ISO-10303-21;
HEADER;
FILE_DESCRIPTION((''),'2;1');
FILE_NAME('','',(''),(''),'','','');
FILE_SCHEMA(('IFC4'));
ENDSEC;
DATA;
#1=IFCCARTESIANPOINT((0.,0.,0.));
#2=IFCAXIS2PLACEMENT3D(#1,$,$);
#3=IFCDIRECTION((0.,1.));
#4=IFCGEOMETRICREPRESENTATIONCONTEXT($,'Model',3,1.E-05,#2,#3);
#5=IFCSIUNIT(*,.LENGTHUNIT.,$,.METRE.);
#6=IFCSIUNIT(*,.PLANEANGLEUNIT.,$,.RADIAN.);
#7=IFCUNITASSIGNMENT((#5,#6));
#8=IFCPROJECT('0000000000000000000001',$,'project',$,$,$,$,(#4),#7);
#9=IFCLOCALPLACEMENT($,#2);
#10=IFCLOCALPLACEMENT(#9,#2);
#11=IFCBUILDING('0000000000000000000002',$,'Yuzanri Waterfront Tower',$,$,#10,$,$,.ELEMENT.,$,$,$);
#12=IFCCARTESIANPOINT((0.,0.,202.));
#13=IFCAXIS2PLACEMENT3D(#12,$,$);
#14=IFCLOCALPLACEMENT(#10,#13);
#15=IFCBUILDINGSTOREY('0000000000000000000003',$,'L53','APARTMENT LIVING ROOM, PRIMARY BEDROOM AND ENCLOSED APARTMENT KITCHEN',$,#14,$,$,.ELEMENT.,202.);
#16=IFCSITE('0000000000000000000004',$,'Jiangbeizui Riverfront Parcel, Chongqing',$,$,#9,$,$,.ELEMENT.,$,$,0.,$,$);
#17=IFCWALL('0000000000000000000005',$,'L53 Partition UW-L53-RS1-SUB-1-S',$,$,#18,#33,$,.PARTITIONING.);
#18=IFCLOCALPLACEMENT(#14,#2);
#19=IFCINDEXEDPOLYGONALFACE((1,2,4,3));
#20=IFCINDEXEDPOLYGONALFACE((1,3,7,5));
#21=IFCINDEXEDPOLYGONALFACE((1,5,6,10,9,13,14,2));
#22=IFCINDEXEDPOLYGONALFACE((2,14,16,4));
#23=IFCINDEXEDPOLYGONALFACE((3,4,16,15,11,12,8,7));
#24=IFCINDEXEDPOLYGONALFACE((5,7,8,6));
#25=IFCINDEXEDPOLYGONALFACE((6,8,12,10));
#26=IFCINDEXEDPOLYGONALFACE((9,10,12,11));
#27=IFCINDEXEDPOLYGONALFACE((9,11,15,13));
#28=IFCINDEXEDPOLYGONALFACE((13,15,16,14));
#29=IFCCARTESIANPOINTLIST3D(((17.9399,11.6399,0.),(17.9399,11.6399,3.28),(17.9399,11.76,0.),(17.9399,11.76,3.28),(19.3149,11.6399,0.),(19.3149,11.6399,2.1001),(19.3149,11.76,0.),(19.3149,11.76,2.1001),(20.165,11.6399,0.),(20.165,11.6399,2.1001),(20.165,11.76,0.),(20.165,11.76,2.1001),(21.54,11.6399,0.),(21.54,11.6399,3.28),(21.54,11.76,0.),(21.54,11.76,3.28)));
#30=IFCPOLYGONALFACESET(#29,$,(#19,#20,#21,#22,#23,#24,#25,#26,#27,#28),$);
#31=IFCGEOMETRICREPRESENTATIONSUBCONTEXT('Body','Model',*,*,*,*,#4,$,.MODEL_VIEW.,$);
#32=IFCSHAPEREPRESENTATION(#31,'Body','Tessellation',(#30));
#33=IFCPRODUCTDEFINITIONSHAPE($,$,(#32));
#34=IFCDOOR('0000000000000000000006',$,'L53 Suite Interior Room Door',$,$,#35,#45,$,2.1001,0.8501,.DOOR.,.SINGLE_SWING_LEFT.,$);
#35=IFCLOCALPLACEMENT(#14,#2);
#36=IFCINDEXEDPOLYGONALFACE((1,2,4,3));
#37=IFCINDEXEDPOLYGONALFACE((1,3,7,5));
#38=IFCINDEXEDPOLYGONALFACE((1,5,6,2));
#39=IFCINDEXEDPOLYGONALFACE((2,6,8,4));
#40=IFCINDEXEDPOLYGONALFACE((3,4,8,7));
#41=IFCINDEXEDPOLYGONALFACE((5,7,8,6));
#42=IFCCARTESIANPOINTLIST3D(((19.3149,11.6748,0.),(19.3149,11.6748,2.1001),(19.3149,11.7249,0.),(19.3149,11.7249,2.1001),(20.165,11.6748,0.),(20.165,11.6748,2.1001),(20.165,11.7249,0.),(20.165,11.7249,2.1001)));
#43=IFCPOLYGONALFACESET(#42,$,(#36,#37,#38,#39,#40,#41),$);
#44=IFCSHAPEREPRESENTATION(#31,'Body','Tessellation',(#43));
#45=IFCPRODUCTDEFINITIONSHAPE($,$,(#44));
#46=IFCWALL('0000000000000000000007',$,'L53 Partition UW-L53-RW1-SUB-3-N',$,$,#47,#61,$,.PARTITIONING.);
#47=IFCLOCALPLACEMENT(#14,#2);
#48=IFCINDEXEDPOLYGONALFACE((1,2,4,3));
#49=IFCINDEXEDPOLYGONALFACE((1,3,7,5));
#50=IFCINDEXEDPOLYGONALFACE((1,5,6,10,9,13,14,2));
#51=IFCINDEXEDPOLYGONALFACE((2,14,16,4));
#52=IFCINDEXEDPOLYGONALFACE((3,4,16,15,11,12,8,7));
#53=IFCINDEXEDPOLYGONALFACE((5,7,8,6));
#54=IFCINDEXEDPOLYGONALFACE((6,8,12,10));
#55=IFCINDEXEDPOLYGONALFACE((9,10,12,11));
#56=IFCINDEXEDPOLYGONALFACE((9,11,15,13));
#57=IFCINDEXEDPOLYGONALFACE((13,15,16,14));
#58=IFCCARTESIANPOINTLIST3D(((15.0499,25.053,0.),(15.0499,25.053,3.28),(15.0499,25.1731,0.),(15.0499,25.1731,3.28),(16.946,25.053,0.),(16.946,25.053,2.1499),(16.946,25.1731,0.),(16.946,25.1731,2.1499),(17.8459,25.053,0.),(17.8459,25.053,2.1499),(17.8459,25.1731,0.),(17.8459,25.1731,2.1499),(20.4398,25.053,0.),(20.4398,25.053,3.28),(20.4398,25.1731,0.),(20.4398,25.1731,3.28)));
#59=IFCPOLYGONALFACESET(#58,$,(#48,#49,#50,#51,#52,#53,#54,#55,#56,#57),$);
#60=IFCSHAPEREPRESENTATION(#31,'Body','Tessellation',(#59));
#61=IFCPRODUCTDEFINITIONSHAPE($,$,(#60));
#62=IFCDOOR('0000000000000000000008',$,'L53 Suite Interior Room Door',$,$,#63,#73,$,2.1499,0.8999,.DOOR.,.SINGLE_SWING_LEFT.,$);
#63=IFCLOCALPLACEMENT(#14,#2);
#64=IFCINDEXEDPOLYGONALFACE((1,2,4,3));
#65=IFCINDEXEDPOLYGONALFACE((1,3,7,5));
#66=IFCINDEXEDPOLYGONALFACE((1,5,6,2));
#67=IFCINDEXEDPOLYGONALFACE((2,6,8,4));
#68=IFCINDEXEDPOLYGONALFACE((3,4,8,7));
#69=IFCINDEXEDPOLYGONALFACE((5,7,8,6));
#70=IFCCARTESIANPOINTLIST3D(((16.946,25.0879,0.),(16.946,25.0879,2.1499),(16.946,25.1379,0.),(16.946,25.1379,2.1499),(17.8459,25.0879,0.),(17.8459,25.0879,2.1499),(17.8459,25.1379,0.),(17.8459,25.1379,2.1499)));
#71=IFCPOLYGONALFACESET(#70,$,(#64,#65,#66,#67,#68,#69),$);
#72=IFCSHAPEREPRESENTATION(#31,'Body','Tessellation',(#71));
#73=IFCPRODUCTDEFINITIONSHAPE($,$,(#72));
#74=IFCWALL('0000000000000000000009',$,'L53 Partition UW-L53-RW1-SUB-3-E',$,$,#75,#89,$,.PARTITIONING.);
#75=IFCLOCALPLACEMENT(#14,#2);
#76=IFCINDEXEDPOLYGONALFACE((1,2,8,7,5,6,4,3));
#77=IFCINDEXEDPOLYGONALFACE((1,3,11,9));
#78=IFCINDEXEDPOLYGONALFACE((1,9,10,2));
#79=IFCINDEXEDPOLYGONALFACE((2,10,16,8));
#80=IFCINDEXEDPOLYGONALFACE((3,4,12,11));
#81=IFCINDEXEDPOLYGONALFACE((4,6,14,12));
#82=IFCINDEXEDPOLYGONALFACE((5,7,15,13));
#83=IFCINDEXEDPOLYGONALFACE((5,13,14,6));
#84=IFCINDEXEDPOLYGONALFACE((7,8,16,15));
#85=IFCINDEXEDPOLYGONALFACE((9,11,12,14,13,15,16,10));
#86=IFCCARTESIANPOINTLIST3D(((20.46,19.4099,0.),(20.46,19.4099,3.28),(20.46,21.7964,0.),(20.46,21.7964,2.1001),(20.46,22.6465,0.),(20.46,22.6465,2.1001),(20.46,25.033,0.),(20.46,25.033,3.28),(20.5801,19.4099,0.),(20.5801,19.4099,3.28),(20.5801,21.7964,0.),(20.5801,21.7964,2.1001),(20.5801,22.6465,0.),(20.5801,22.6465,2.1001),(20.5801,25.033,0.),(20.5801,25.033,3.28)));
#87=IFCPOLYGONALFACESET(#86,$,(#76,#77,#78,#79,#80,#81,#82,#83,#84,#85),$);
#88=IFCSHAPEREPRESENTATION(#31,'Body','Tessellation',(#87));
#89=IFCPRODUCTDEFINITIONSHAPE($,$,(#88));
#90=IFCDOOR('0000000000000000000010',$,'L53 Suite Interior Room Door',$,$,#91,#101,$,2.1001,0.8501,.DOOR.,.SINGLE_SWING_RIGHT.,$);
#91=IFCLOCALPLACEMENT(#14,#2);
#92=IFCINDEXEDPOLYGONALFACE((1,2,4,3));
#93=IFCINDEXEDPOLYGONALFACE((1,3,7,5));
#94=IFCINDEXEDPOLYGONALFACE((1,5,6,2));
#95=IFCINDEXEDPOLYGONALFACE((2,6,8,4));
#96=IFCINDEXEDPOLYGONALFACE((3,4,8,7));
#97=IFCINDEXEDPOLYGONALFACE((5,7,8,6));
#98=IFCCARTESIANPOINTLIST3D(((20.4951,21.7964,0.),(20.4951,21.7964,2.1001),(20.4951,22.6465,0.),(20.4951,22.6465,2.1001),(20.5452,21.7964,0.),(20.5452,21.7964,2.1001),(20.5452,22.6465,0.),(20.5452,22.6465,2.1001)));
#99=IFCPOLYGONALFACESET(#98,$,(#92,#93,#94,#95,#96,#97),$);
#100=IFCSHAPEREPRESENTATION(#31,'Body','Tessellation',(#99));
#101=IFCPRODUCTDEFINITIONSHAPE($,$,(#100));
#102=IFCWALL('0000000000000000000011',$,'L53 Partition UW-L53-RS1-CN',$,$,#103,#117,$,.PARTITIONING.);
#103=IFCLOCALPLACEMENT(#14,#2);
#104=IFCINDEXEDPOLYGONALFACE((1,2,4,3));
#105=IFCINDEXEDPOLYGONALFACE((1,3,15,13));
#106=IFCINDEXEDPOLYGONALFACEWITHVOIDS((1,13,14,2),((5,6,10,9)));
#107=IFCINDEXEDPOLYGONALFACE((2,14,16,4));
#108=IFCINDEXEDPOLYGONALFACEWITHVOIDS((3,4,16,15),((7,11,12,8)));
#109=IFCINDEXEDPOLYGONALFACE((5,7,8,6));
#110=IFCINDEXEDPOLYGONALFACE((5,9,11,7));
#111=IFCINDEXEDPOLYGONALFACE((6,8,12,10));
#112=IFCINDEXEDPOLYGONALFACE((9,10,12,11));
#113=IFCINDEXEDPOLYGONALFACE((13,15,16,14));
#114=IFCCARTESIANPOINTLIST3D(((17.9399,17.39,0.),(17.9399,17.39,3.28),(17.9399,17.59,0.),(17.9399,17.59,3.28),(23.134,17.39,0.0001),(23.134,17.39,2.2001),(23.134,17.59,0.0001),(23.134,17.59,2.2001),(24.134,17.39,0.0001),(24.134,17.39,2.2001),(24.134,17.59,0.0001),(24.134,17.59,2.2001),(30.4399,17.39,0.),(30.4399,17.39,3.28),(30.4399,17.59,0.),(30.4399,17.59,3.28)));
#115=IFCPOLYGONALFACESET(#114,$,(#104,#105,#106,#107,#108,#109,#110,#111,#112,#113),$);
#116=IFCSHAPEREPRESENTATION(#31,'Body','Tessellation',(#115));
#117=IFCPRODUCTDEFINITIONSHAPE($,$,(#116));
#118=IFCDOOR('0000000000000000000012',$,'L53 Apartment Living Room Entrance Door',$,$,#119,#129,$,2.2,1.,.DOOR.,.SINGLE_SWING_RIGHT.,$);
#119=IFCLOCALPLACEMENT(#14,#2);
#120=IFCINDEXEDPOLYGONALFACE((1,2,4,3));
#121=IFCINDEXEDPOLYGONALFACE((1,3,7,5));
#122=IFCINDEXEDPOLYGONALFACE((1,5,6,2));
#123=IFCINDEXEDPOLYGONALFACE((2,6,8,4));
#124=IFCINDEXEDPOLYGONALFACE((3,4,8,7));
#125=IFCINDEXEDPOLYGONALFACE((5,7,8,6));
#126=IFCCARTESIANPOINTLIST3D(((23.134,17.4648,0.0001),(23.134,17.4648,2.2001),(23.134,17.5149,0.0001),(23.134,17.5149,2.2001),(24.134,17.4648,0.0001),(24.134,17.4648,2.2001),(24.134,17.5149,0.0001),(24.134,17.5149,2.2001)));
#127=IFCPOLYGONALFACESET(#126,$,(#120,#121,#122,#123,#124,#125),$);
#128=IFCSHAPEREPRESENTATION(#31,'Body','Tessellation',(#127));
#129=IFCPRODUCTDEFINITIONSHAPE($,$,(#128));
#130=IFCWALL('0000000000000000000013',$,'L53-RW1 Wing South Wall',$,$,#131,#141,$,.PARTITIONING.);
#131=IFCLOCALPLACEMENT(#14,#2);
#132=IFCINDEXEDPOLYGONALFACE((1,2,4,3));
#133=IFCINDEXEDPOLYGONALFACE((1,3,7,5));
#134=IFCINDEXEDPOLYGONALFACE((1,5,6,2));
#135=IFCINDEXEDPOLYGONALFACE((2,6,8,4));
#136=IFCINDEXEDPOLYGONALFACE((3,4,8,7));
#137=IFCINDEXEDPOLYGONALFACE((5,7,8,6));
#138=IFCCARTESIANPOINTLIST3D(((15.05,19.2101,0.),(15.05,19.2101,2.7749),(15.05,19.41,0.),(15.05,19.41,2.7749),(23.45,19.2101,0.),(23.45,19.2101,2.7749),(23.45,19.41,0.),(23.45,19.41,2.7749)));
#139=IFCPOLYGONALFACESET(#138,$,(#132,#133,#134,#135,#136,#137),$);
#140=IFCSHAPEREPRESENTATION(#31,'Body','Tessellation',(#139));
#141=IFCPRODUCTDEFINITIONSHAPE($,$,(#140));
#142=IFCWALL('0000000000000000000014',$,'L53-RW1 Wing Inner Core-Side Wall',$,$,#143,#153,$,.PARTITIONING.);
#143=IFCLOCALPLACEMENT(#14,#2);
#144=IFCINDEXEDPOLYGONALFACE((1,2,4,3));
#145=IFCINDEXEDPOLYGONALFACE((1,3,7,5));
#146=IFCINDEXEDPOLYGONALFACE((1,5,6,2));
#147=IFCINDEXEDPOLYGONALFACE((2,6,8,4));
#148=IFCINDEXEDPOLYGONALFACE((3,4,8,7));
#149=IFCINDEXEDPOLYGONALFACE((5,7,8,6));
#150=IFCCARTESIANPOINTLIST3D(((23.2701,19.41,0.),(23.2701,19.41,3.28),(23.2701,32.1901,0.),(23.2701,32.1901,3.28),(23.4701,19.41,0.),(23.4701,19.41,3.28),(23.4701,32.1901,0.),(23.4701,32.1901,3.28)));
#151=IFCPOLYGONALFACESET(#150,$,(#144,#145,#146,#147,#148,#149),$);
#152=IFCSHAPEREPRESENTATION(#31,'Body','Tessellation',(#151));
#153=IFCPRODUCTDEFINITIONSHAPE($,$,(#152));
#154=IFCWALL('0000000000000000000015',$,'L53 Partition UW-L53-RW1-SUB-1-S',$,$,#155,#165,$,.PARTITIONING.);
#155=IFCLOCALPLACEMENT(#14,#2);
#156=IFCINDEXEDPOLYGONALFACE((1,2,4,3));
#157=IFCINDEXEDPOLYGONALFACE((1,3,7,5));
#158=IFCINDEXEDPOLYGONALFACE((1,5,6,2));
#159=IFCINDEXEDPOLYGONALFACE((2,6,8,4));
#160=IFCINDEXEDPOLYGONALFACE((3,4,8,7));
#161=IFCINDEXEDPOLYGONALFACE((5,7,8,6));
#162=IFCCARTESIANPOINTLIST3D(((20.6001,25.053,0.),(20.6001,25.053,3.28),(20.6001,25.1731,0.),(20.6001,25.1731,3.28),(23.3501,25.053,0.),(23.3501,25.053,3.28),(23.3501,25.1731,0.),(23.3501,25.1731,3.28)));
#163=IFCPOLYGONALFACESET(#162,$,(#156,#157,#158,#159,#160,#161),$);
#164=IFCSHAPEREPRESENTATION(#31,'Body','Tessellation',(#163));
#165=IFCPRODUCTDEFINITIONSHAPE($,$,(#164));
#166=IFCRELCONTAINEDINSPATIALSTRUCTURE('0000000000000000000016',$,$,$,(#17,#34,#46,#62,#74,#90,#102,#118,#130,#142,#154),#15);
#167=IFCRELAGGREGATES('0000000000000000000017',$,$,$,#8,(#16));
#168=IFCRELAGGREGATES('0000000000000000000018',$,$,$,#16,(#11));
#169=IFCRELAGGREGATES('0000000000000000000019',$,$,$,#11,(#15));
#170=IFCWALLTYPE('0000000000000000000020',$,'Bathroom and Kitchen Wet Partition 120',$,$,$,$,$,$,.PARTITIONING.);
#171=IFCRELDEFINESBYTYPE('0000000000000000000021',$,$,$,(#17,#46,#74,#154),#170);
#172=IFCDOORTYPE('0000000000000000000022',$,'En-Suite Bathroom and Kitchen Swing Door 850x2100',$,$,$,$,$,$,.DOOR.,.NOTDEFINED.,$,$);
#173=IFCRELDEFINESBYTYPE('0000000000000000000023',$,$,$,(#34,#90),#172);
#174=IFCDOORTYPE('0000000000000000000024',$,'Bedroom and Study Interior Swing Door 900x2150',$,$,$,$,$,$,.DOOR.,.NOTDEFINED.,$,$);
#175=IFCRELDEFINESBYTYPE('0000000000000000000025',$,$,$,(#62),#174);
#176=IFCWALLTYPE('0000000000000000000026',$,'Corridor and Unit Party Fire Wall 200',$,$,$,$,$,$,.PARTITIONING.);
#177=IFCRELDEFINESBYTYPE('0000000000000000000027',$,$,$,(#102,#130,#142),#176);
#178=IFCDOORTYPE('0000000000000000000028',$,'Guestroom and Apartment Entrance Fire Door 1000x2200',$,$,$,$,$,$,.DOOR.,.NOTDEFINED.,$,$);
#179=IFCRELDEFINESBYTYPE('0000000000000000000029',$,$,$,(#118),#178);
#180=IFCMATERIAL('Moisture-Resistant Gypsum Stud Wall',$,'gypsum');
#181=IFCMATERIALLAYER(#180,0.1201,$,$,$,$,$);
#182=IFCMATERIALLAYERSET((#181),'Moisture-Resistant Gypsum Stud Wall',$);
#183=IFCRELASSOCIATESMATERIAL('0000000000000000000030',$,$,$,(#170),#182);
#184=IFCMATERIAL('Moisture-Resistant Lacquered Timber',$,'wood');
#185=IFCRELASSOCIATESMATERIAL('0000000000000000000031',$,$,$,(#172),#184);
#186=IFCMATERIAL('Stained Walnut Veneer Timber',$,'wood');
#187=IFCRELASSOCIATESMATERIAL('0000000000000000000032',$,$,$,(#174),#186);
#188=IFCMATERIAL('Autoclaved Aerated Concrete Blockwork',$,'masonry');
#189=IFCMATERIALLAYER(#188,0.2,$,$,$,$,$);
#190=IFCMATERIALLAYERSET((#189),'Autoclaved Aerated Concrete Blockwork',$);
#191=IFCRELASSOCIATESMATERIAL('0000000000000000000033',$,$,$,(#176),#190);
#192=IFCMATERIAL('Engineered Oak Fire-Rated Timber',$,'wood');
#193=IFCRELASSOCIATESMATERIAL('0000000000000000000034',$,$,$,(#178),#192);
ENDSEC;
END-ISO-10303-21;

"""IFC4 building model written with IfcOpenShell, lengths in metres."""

from ifc_helpers import new_model, si_unit, direction, frame, frame_2d, origin, place, context, subcontext, project, spatial, rectangle, extrude, source, transform, mapped, material, layer, layer_set, type_object, element, fill, save


model = new_model("IFC4")

# Units and contexts
model_context = context("Model", 3, precision=1e-05, world=origin(), true_north=direction((0.0, 1.0)))
body_context = subcontext(model_context, "Body", "Model", "MODEL_VIEW")
ifc_project = project(units=[si_unit("LENGTHUNIT", "METRE"), si_unit("PLANEANGLEUNIT", "RADIAN")], contexts=[model_context])

# Site, building, storey
site_placement = place(None, origin())
site = spatial("IfcSite", under=ifc_project, at=site_placement, Name="Jiangbeizui Riverfront Parcel, Chongqing", CompositionType="ELEMENT", RefElevation=0.0)
building_placement = place(site_placement, origin())
building = spatial("IfcBuilding", under=site, at=building_placement, Name="Yuzanri Waterfront Tower", CompositionType="ELEMENT")
storey_placement = place(building_placement, frame((0.0, 0.0, 202.0)))
storey = spatial("IfcBuildingStorey", under=building, at=storey_placement, Name="L53", Description="APARTMENT LIVING ROOM, PRIMARY BEDROOM AND ENCLOSED APARTMENT KITCHEN", CompositionType="ELEMENT", Elevation=202.0)

# Walls, openings, doors
ifc_material_1 = material(Name="Moisture-Resistant Gypsum Stud Wall", Category="gypsum")
ifc_layer_1 = layer(ifc_material_1, 0.1201)
ifc_layer_set_1 = layer_set([ifc_layer_1], Name="Moisture-Resistant Gypsum Stud Wall")
wall_type_1 = type_object("IfcWallType", Name="Bathroom and Kitchen Wet Partition 120", PredefinedType="PARTITIONING", material=ifc_layer_set_1)
wall_1_placement = place(storey_placement, frame((17.9399, 11.7, 0.0), z_axis=(0.0, 0.0, 1.0), x_axis=(1.0, 0.0, 0.0)))
wall_1 = element("IfcWall", 1, at=wall_1_placement, inside=storey, type_object=wall_type_1, Name="L53 Partition UW-L53-RS1-SUB-1-S", PredefinedType="PARTITIONING", context=body_context, shape_type="SweptSolid", body=[
    extrude(rectangle(XDim=3.6001, YDim=0.1201, at=frame_2d((1.8, 0.0))), origin(), (0.0, 0.0, 1.0), 3.28),
])
opening_1_placement = place(wall_1_placement, frame((1.375, 0.0, 0.0)))
opening_1 = element("IfcOpeningElement", 2, at=opening_1_placement, cuts=wall_1, PredefinedType="OPENING", context=body_context, shape_type="SweptSolid", body=[
    extrude(rectangle(XDim=0.8501, YDim=2.1001, at=frame_2d((0.425, 1.05))), frame((0.0, 0.075, 0.0), z_axis=(0.0, -1.0, 0.0), x_axis=(1.0, 0.0, 0.0)), (0.0, 0.0, 1.0), 0.1499),
])
ifc_material_2 = material(Name="Moisture-Resistant Lacquered Timber", Category="wood")
door_type_1 = type_object("IfcDoorType", Name="En-Suite Bathroom and Kitchen Swing Door 850x2100", OperationType="NOTDEFINED", PredefinedType="DOOR", material=ifc_material_2)
shared_shape_1 = source(origin(), body_context, "Body", "SweptSolid", [
    extrude(rectangle(XDim=0.8501, YDim=2.1001, at=frame_2d((0.425, 1.05))), frame((0.0, 0.0249, 0.0), z_axis=(0.0, -1.0, 0.0), x_axis=(1.0, 0.0, 0.0)), (0.0, 0.0, 1.0), 0.05),
])
door_1_placement = place(opening_1_placement, origin())
door_1 = element("IfcDoor", 3, at=door_1_placement, inside=storey, type_object=door_type_1, Name="L53 Suite Interior Room Door", OperationType="SINGLE_SWING_LEFT", OverallHeight=2.1001, OverallWidth=0.8501, PredefinedType="DOOR", context=body_context, shape_type="MappedRepresentation", body=[
    mapped(shared_shape_1, transform((0.0, 0.0, 0.0), scale=1.0)),
])
fill(opening_1, door_1)
wall_2_placement = place(storey_placement, frame((15.05, 25.113, 0.0), z_axis=(0.0, 0.0, 1.0), x_axis=(1.0, 0.0, 0.0)))
wall_2 = element("IfcWall", 4, at=wall_2_placement, inside=storey, type_object=wall_type_1, Name="L53 Partition UW-L53-RW1-SUB-3-N", PredefinedType="PARTITIONING", context=body_context, shape_type="SweptSolid", body=[
    extrude(rectangle(XDim=5.3899, YDim=0.1201, at=frame_2d((2.6948, 0.0))), origin(), (0.0, 0.0, 1.0), 3.28),
])
opening_2_placement = place(wall_2_placement, frame((1.896, 0.0, 0.0)))
opening_2 = element("IfcOpeningElement", 5, at=opening_2_placement, cuts=wall_2, PredefinedType="OPENING", context=body_context, shape_type="SweptSolid", body=[
    extrude(rectangle(XDim=0.8999, YDim=2.1499, at=frame_2d((0.45, 1.075))), frame((0.0, 0.075, 0.0), z_axis=(0.0, -1.0, 0.0), x_axis=(1.0, 0.0, 0.0)), (0.0, 0.0, 1.0), 0.1499),
])
ifc_material_3 = material(Name="Stained Walnut Veneer Timber", Category="wood")
door_type_2 = type_object("IfcDoorType", Name="Bedroom and Study Interior Swing Door 900x2150", OperationType="NOTDEFINED", PredefinedType="DOOR", material=ifc_material_3)
shared_shape_2 = source(origin(), body_context, "Body", "SweptSolid", [
    extrude(rectangle(XDim=0.8999, YDim=2.1499, at=frame_2d((0.45, 1.075))), frame((0.0, 0.0249, 0.0), z_axis=(0.0, -1.0, 0.0), x_axis=(1.0, 0.0, 0.0)), (0.0, 0.0, 1.0), 0.05),
])
door_2_placement = place(opening_2_placement, origin())
door_2 = element("IfcDoor", 6, at=door_2_placement, inside=storey, type_object=door_type_2, Name="L53 Suite Interior Room Door", OperationType="SINGLE_SWING_LEFT", OverallHeight=2.1499, OverallWidth=0.8999, PredefinedType="DOOR", context=body_context, shape_type="MappedRepresentation", body=[
    mapped(shared_shape_2, transform((0.0, 0.0, 0.0), scale=1.0)),
])
fill(opening_2, door_2)
wall_3_placement = place(storey_placement, frame((20.52, 19.4099, 0.0), z_axis=(0.0, 0.0, 1.0), x_axis=(0.0, 1.0, 0.0)))
wall_3 = element("IfcWall", 7, at=wall_3_placement, inside=storey, type_object=wall_type_1, Name="L53 Partition UW-L53-RW1-SUB-3-E", PredefinedType="PARTITIONING", context=body_context, shape_type="SweptSolid", body=[
    extrude(rectangle(XDim=5.623, YDim=0.1201, at=frame_2d((2.8115, 0.0))), origin(), (0.0, 0.0, 1.0), 3.28),
])
opening_3_placement = place(wall_3_placement, frame((2.3865, 0.0, 0.0)))
opening_3 = element("IfcOpeningElement", 8, at=opening_3_placement, cuts=wall_3, PredefinedType="OPENING", context=body_context, shape_type="SweptSolid", body=[
    extrude(rectangle(XDim=0.8501, YDim=2.1001, at=frame_2d((0.425, 1.05))), frame((0.0, 0.075, 0.0), z_axis=(0.0, -1.0, 0.0), x_axis=(1.0, 0.0, 0.0)), (0.0, 0.0, 1.0), 0.1499),
])
door_3_placement = place(opening_3_placement, origin())
door_3 = element("IfcDoor", 9, at=door_3_placement, inside=storey, type_object=door_type_1, Name="L53 Suite Interior Room Door", OperationType="SINGLE_SWING_RIGHT", OverallHeight=2.1001, OverallWidth=0.8501, PredefinedType="DOOR", context=body_context, shape_type="MappedRepresentation", body=[
    mapped(shared_shape_1, transform((0.0, 0.0, 0.0), scale=1.0)),
])
fill(opening_3, door_3)

# Wall, opening, door
ifc_material_4 = material(Name="Autoclaved Aerated Concrete Blockwork", Category="masonry")
ifc_layer_2 = layer(ifc_material_4, 0.2)
ifc_layer_set_2 = layer_set([ifc_layer_2], Name="Autoclaved Aerated Concrete Blockwork")
wall_type_2 = type_object("IfcWallType", Name="Corridor and Unit Party Fire Wall 200", PredefinedType="PARTITIONING", material=ifc_layer_set_2)
wall_4_placement = place(storey_placement, frame((17.9399, 17.49, 0.0), z_axis=(0.0, 0.0, 1.0), x_axis=(1.0, 0.0, 0.0)))
wall_4 = element("IfcWall", 10, at=wall_4_placement, inside=storey, type_object=wall_type_2, Name="L53 Partition UW-L53-RS1-CN", PredefinedType="PARTITIONING", context=body_context, shape_type="SweptSolid", body=[
    extrude(rectangle(XDim=12.5, YDim=0.2, at=frame_2d((6.25, 0.0))), origin(), (0.0, 0.0, 1.0), 3.28),
])
opening_4_placement = place(wall_4_placement, frame((5.1941, 0.0, 0.0)))
opening_4 = element("IfcOpeningElement", 11, at=opening_4_placement, cuts=wall_4, PredefinedType="OPENING", context=body_context, shape_type="SweptSolid", body=[
    extrude(rectangle(XDim=1.0, YDim=2.2, at=frame_2d((0.5, 1.1001))), frame((0.0, 0.1147, 0.0), z_axis=(0.0, -1.0, 0.0), x_axis=(1.0, 0.0, 0.0)), (0.0, 0.0, 1.0), 0.2297),
])
ifc_material_5 = material(Name="Engineered Oak Fire-Rated Timber", Category="wood")
door_type_3 = type_object("IfcDoorType", Name="Guestroom and Apartment Entrance Fire Door 1000x2200", OperationType="NOTDEFINED", PredefinedType="DOOR", material=ifc_material_5)
shared_shape_3 = source(origin(), body_context, "Body", "SweptSolid", [
    extrude(rectangle(XDim=1.0, YDim=2.2, at=frame_2d((0.5, 1.1001))), frame((0.0, 0.0249, 0.0), z_axis=(0.0, -1.0, 0.0), x_axis=(1.0, 0.0, 0.0)), (0.0, 0.0, 1.0), 0.05),
])
door_4_placement = place(opening_4_placement, origin())
door_4 = element("IfcDoor", 12, at=door_4_placement, inside=storey, type_object=door_type_3, Name="L53 Apartment Living Room Entrance Door", OperationType="SINGLE_SWING_RIGHT", OverallHeight=2.2, OverallWidth=1.0, PredefinedType="DOOR", context=body_context, shape_type="MappedRepresentation", body=[
    mapped(shared_shape_3, transform((0.0, 0.0, 0.0), scale=1.0)),
])
fill(opening_4, door_4)

# Walls
shared_shape_4 = source(origin(), body_context, "Body", "SweptSolid", [
    extrude(rectangle(XDim=8.3999, YDim=0.2, at=frame_2d((4.2, 0.0))), origin(), (0.0, 0.0, 1.0), 2.7749),
])
wall_5_placement = place(storey_placement, frame((15.05, 19.3101, 0.0), z_axis=(0.0, 0.0, 1.0), x_axis=(1.0, 0.0, 0.0)))
element("IfcWall", 13, at=wall_5_placement, inside=storey, type_object=wall_type_2, Name="L53-RW1 Wing South Wall", PredefinedType="PARTITIONING", context=body_context, shape_type="MappedRepresentation", body=[
    mapped(shared_shape_4, transform((0.0, 0.0, 0.0), scale=1.0)),
])
shared_shape_5 = source(origin(), body_context, "Body", "SweptSolid", [
    extrude(rectangle(XDim=12.78, YDim=0.2, at=frame_2d((6.3901, 0.0))), origin(), (0.0, 0.0, 1.0), 3.28),
])
wall_6_placement = place(storey_placement, frame((23.3701, 19.4099, 0.0), z_axis=(0.0, 0.0, 1.0), x_axis=(0.0, 1.0, 0.0)))
element("IfcWall", 14, at=wall_6_placement, inside=storey, type_object=wall_type_2, Name="L53-RW1 Wing Inner Core-Side Wall", PredefinedType="PARTITIONING", context=body_context, shape_type="MappedRepresentation", body=[
    mapped(shared_shape_5, transform((0.0, 0.0, 0.0), scale=1.0)),
])
shared_shape_6 = source(origin(), body_context, "Body", "SweptSolid", [
    extrude(rectangle(XDim=2.75, YDim=0.1201, at=frame_2d((1.375, 0.0))), origin(), (0.0, 0.0, 1.0), 3.28),
])
wall_7_placement = place(storey_placement, frame((20.6001, 25.113, 0.0), z_axis=(0.0, 0.0, 1.0), x_axis=(1.0, 0.0, 0.0)))
element("IfcWall", 15, at=wall_7_placement, inside=storey, type_object=wall_type_1, Name="L53 Partition UW-L53-RW1-SUB-1-S", PredefinedType="PARTITIONING", context=body_context, shape_type="MappedRepresentation", body=[
    mapped(shared_shape_6, transform((0.0, 0.0, 0.0), scale=1.0)),
])

save(model, "model.ifc")
